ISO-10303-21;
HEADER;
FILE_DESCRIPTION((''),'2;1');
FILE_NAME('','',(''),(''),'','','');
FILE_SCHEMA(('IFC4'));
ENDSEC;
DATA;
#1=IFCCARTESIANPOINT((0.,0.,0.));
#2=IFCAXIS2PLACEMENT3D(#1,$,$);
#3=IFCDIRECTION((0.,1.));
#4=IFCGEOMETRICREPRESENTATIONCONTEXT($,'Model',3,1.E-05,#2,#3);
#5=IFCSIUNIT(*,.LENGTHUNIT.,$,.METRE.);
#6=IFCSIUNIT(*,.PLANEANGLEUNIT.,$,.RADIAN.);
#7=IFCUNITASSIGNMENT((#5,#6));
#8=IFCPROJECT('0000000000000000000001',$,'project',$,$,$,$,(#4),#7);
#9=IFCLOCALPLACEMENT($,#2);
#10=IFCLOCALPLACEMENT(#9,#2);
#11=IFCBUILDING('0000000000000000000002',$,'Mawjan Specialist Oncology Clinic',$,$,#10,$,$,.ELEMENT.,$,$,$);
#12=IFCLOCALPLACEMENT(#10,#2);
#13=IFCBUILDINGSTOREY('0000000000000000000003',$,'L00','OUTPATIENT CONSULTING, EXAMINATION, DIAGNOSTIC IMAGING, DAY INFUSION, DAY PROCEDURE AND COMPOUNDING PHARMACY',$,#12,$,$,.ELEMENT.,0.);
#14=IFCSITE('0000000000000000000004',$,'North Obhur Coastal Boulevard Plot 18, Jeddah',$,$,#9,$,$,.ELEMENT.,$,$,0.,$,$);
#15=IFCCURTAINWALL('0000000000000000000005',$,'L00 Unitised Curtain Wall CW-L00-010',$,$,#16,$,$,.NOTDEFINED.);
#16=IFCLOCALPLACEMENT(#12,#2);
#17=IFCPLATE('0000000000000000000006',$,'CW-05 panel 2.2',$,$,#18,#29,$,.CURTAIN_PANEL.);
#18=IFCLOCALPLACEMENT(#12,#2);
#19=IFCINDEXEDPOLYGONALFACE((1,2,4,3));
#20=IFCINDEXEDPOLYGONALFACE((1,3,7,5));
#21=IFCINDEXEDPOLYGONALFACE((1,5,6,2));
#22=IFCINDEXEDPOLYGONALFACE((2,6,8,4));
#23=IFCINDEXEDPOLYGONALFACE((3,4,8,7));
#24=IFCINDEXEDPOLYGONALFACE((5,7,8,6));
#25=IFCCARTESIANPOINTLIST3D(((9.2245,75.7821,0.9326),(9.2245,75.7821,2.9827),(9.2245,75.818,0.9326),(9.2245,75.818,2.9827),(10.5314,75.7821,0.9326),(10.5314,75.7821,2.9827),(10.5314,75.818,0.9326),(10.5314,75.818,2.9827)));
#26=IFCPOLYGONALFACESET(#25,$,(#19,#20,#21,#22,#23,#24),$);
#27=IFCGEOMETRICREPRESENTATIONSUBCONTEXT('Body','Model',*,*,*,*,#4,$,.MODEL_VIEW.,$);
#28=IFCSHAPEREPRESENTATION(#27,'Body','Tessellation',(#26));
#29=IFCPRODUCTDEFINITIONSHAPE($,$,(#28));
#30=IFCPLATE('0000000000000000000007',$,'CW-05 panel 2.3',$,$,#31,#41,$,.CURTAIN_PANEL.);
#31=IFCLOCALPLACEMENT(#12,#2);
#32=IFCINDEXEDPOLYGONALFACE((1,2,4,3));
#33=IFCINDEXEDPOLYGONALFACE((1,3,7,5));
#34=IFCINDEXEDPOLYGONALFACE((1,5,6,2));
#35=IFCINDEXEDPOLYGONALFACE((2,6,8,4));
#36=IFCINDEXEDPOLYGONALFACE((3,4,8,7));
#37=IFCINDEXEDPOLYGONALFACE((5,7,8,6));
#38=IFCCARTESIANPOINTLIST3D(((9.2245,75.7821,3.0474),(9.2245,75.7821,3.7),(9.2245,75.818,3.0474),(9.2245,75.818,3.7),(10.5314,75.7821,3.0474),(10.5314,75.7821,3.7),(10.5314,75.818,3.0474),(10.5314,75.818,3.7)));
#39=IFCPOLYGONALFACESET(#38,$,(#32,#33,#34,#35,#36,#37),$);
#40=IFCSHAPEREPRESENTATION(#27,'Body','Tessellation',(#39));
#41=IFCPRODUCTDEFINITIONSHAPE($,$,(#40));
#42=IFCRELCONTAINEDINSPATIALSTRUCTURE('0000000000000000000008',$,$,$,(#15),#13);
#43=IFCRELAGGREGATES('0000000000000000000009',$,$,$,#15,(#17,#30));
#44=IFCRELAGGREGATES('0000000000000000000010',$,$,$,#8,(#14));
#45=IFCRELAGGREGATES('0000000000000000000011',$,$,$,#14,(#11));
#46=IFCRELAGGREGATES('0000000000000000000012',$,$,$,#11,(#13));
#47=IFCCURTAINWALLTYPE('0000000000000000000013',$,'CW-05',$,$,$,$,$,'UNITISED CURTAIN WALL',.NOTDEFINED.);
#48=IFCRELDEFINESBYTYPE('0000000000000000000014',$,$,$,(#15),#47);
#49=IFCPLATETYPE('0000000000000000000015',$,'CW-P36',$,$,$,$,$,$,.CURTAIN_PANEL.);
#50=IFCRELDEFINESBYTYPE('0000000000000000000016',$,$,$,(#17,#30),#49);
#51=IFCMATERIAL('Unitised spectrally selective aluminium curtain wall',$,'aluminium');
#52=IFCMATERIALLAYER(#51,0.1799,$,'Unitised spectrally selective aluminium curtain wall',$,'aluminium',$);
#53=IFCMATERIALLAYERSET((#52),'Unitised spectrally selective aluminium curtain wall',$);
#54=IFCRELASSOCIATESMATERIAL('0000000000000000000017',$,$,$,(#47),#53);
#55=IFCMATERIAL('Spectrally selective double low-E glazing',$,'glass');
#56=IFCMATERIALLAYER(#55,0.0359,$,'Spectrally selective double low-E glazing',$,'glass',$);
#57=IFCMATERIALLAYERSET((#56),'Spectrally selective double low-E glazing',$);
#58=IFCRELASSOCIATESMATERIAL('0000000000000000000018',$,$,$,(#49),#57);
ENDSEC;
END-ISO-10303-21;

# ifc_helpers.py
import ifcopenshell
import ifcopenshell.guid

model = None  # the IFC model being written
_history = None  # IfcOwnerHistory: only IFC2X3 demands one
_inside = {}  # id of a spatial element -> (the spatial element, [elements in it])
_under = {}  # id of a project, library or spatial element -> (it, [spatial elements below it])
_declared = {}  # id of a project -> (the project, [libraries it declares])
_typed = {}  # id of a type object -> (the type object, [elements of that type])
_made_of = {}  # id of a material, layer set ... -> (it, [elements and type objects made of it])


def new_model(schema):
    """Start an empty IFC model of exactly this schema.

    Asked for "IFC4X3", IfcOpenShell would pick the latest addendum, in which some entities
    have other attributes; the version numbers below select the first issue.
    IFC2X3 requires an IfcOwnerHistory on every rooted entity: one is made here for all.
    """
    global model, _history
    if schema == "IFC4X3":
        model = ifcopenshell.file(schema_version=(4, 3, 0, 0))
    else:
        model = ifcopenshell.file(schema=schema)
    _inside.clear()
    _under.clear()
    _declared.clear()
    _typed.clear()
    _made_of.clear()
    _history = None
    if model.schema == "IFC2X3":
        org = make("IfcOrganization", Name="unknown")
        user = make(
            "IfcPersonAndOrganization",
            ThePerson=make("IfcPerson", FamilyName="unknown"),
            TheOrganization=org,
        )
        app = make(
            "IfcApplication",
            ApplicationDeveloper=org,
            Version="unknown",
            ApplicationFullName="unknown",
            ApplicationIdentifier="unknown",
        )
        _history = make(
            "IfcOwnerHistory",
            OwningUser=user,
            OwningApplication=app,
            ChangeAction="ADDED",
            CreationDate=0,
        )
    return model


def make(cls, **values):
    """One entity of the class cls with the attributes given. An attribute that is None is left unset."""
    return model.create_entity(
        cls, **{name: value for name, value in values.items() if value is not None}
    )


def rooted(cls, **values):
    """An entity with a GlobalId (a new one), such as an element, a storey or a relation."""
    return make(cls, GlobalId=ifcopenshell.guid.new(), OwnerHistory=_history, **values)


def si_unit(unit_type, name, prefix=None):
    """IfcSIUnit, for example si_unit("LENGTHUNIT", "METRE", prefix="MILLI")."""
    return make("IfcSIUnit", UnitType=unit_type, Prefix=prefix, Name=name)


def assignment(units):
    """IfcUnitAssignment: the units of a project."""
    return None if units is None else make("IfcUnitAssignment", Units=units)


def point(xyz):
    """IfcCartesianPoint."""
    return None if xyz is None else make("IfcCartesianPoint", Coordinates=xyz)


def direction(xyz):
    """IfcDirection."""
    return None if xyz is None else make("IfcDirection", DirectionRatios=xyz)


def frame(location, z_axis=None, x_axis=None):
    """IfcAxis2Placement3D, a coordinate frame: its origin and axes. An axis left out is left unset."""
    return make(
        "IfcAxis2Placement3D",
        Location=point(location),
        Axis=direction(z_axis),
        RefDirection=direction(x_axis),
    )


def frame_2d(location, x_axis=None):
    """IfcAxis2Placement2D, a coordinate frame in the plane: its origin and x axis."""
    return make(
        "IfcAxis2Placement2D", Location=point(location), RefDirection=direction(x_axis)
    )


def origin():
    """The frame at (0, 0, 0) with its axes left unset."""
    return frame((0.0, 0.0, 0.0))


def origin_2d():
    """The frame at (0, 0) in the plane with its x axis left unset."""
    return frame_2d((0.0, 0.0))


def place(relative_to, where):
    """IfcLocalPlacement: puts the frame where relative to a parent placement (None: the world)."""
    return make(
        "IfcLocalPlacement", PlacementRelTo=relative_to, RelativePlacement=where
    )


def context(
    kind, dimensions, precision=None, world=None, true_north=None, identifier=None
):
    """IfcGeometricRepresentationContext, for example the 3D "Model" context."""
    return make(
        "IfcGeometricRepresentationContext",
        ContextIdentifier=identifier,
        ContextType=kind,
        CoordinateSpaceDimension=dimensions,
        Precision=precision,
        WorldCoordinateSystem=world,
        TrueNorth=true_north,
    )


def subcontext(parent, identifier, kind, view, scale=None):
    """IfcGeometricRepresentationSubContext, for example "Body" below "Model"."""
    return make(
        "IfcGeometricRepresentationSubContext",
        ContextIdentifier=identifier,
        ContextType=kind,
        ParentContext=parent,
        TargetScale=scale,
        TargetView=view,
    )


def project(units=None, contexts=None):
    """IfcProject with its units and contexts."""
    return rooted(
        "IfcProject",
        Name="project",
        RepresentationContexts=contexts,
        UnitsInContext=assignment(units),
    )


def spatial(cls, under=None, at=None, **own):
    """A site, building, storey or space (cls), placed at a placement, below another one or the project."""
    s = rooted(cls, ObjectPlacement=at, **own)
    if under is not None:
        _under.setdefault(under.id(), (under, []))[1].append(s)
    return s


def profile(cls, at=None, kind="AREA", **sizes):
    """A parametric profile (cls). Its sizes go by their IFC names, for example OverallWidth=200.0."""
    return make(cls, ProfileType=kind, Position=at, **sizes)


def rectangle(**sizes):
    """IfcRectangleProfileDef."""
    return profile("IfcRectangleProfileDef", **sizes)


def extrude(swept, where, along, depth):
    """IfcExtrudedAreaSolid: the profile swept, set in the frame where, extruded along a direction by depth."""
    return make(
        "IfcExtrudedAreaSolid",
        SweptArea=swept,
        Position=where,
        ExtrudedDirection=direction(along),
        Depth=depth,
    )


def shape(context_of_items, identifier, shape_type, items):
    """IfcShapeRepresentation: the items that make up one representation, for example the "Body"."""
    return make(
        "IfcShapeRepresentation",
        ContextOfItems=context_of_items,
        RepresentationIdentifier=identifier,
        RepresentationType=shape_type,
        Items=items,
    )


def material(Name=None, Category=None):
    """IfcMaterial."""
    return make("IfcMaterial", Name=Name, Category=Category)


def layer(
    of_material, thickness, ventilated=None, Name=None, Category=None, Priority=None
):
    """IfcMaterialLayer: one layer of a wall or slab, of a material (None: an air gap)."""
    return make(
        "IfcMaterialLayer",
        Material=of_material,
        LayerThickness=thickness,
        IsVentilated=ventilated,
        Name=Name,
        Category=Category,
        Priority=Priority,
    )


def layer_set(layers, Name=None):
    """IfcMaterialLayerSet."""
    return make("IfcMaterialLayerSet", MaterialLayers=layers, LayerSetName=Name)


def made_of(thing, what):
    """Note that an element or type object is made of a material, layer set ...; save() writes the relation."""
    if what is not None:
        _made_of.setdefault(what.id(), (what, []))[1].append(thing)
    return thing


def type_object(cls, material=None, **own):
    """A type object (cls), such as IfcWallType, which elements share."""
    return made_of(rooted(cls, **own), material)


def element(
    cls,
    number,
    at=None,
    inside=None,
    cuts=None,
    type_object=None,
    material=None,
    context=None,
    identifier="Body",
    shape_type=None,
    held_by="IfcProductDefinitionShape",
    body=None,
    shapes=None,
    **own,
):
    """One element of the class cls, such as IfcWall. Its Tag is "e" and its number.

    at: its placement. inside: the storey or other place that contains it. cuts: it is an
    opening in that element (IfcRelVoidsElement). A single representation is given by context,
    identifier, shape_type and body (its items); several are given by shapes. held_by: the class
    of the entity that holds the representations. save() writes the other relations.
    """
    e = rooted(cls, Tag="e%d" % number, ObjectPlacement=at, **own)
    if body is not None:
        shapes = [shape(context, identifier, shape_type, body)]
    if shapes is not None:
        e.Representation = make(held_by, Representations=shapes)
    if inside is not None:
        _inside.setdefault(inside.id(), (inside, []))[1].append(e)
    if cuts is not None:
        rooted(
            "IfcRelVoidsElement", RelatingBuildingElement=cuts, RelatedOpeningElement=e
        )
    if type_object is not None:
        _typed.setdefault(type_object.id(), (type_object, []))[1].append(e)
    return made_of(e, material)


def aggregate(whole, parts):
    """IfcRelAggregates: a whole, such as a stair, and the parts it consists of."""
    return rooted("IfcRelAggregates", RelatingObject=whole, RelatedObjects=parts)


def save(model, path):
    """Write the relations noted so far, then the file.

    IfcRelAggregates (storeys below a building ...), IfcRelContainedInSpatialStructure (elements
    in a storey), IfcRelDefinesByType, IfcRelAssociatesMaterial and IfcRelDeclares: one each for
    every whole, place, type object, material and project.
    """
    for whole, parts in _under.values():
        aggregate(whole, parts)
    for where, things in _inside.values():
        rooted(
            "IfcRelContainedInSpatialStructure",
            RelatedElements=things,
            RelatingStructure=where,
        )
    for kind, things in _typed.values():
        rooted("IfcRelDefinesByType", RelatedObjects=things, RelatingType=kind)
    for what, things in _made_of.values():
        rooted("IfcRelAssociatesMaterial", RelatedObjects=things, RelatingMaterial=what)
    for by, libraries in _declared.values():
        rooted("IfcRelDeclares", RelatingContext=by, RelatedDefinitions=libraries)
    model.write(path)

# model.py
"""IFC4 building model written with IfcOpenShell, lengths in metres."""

from ifc_helpers import new_model, si_unit, direction, frame, origin, origin_2d, place, context, subcontext, project, spatial, rectangle, extrude, material, layer, layer_set, type_object, element, aggregate, save


model = new_model("IFC4")

# Units and contexts
model_context = context("Model", 3, precision=1e-05, world=origin(), true_north=direction((0.0, 1.0)))
body_context = subcontext(model_context, "Body", "Model", "MODEL_VIEW")
ifc_project = project(units=[si_unit("LENGTHUNIT", "METRE"), si_unit("PLANEANGLEUNIT", "RADIAN")], contexts=[model_context])

# Site, building, storey
site_placement = place(None, origin())
site = spatial("IfcSite", under=ifc_project, at=site_placement, Name="North Obhur Coastal Boulevard Plot 18, Jeddah", CompositionType="ELEMENT", RefElevation=0.0)
building_placement = place(site_placement, origin())
building = spatial("IfcBuilding", under=site, at=building_placement, Name="Mawjan Specialist Oncology Clinic", CompositionType="ELEMENT")
storey_placement = place(building_placement, origin())
storey = spatial("IfcBuildingStorey", under=building, at=storey_placement, Name="L00", Description="OUTPATIENT CONSULTING, EXAMINATION, DIAGNOSTIC IMAGING, DAY INFUSION, DAY PROCEDURE AND COMPOUNDING PHARMACY", CompositionType="ELEMENT", Elevation=0.0)

# Shared definitions
ifc_material_1 = material(Name="Unitised spectrally selective aluminium curtain wall", Category="aluminium")
ifc_layer_1 = layer(ifc_material_1, 0.1799, Name="Unitised spectrally selective aluminium curtain wall", Category="aluminium")
ifc_layer_set_1 = layer_set([ifc_layer_1], Name="Unitised spectrally selective aluminium curtain wall")
curtain_wall_type = type_object("IfcCurtainWallType", Name="CW-05", ElementType="UNITISED CURTAIN WALL", PredefinedType="NOTDEFINED", material=ifc_layer_set_1)

# Curtain wall, plates
curtain_wall_1_placement = place(storey_placement, origin())
curtain_wall_1 = element("IfcCurtainWall", 1, at=curtain_wall_1_placement, inside=storey, type_object=curtain_wall_type, Name="L00 Unitised Curtain Wall CW-L00-010", PredefinedType="NOTDEFINED")
ifc_material_2 = material(Name="Spectrally selective double low-E glazing", Category="glass")
ifc_layer_2 = layer(ifc_material_2, 0.0359, Name="Spectrally selective double low-E glazing", Category="glass")
ifc_layer_set_2 = layer_set([ifc_layer_2], Name="Spectrally selective double low-E glazing")
plate_type = type_object("IfcPlateType", Name="CW-P36", PredefinedType="CURTAIN_PANEL", material=ifc_layer_set_2)
plate_1_placement = place(storey_placement, frame((9.8779, 75.8, 0.9326), z_axis=(0.0, 0.0, 1.0), x_axis=(1.0, 0.0, 0.0)))
plate_1 = element("IfcPlate", 2, at=plate_1_placement, type_object=plate_type, Name="CW-05 panel 2.2", PredefinedType="CURTAIN_PANEL", context=body_context, shape_type="SweptSolid", body=[
    extrude(rectangle(XDim=1.3069, YDim=0.0359, at=origin_2d()), origin(), (0.0, 0.0, 1.0), 2.05),
])
plate_2_placement = place(storey_placement, frame((9.8779, 75.8, 3.0474), z_axis=(0.0, 0.0, 1.0), x_axis=(1.0, 0.0, 0.0)))
plate_2 = element("IfcPlate", 3, at=plate_2_placement, type_object=plate_type, Name="CW-05 panel 2.3", PredefinedType="CURTAIN_PANEL", context=body_context, shape_type="SweptSolid", body=[
    extrude(rectangle(XDim=1.3069, YDim=0.0359, at=origin_2d()), origin(), (0.0, 0.0, 1.0), 0.6526),
])
aggregate(curtain_wall_1, [plate_1, plate_2])

save(model, "model.ifc")
